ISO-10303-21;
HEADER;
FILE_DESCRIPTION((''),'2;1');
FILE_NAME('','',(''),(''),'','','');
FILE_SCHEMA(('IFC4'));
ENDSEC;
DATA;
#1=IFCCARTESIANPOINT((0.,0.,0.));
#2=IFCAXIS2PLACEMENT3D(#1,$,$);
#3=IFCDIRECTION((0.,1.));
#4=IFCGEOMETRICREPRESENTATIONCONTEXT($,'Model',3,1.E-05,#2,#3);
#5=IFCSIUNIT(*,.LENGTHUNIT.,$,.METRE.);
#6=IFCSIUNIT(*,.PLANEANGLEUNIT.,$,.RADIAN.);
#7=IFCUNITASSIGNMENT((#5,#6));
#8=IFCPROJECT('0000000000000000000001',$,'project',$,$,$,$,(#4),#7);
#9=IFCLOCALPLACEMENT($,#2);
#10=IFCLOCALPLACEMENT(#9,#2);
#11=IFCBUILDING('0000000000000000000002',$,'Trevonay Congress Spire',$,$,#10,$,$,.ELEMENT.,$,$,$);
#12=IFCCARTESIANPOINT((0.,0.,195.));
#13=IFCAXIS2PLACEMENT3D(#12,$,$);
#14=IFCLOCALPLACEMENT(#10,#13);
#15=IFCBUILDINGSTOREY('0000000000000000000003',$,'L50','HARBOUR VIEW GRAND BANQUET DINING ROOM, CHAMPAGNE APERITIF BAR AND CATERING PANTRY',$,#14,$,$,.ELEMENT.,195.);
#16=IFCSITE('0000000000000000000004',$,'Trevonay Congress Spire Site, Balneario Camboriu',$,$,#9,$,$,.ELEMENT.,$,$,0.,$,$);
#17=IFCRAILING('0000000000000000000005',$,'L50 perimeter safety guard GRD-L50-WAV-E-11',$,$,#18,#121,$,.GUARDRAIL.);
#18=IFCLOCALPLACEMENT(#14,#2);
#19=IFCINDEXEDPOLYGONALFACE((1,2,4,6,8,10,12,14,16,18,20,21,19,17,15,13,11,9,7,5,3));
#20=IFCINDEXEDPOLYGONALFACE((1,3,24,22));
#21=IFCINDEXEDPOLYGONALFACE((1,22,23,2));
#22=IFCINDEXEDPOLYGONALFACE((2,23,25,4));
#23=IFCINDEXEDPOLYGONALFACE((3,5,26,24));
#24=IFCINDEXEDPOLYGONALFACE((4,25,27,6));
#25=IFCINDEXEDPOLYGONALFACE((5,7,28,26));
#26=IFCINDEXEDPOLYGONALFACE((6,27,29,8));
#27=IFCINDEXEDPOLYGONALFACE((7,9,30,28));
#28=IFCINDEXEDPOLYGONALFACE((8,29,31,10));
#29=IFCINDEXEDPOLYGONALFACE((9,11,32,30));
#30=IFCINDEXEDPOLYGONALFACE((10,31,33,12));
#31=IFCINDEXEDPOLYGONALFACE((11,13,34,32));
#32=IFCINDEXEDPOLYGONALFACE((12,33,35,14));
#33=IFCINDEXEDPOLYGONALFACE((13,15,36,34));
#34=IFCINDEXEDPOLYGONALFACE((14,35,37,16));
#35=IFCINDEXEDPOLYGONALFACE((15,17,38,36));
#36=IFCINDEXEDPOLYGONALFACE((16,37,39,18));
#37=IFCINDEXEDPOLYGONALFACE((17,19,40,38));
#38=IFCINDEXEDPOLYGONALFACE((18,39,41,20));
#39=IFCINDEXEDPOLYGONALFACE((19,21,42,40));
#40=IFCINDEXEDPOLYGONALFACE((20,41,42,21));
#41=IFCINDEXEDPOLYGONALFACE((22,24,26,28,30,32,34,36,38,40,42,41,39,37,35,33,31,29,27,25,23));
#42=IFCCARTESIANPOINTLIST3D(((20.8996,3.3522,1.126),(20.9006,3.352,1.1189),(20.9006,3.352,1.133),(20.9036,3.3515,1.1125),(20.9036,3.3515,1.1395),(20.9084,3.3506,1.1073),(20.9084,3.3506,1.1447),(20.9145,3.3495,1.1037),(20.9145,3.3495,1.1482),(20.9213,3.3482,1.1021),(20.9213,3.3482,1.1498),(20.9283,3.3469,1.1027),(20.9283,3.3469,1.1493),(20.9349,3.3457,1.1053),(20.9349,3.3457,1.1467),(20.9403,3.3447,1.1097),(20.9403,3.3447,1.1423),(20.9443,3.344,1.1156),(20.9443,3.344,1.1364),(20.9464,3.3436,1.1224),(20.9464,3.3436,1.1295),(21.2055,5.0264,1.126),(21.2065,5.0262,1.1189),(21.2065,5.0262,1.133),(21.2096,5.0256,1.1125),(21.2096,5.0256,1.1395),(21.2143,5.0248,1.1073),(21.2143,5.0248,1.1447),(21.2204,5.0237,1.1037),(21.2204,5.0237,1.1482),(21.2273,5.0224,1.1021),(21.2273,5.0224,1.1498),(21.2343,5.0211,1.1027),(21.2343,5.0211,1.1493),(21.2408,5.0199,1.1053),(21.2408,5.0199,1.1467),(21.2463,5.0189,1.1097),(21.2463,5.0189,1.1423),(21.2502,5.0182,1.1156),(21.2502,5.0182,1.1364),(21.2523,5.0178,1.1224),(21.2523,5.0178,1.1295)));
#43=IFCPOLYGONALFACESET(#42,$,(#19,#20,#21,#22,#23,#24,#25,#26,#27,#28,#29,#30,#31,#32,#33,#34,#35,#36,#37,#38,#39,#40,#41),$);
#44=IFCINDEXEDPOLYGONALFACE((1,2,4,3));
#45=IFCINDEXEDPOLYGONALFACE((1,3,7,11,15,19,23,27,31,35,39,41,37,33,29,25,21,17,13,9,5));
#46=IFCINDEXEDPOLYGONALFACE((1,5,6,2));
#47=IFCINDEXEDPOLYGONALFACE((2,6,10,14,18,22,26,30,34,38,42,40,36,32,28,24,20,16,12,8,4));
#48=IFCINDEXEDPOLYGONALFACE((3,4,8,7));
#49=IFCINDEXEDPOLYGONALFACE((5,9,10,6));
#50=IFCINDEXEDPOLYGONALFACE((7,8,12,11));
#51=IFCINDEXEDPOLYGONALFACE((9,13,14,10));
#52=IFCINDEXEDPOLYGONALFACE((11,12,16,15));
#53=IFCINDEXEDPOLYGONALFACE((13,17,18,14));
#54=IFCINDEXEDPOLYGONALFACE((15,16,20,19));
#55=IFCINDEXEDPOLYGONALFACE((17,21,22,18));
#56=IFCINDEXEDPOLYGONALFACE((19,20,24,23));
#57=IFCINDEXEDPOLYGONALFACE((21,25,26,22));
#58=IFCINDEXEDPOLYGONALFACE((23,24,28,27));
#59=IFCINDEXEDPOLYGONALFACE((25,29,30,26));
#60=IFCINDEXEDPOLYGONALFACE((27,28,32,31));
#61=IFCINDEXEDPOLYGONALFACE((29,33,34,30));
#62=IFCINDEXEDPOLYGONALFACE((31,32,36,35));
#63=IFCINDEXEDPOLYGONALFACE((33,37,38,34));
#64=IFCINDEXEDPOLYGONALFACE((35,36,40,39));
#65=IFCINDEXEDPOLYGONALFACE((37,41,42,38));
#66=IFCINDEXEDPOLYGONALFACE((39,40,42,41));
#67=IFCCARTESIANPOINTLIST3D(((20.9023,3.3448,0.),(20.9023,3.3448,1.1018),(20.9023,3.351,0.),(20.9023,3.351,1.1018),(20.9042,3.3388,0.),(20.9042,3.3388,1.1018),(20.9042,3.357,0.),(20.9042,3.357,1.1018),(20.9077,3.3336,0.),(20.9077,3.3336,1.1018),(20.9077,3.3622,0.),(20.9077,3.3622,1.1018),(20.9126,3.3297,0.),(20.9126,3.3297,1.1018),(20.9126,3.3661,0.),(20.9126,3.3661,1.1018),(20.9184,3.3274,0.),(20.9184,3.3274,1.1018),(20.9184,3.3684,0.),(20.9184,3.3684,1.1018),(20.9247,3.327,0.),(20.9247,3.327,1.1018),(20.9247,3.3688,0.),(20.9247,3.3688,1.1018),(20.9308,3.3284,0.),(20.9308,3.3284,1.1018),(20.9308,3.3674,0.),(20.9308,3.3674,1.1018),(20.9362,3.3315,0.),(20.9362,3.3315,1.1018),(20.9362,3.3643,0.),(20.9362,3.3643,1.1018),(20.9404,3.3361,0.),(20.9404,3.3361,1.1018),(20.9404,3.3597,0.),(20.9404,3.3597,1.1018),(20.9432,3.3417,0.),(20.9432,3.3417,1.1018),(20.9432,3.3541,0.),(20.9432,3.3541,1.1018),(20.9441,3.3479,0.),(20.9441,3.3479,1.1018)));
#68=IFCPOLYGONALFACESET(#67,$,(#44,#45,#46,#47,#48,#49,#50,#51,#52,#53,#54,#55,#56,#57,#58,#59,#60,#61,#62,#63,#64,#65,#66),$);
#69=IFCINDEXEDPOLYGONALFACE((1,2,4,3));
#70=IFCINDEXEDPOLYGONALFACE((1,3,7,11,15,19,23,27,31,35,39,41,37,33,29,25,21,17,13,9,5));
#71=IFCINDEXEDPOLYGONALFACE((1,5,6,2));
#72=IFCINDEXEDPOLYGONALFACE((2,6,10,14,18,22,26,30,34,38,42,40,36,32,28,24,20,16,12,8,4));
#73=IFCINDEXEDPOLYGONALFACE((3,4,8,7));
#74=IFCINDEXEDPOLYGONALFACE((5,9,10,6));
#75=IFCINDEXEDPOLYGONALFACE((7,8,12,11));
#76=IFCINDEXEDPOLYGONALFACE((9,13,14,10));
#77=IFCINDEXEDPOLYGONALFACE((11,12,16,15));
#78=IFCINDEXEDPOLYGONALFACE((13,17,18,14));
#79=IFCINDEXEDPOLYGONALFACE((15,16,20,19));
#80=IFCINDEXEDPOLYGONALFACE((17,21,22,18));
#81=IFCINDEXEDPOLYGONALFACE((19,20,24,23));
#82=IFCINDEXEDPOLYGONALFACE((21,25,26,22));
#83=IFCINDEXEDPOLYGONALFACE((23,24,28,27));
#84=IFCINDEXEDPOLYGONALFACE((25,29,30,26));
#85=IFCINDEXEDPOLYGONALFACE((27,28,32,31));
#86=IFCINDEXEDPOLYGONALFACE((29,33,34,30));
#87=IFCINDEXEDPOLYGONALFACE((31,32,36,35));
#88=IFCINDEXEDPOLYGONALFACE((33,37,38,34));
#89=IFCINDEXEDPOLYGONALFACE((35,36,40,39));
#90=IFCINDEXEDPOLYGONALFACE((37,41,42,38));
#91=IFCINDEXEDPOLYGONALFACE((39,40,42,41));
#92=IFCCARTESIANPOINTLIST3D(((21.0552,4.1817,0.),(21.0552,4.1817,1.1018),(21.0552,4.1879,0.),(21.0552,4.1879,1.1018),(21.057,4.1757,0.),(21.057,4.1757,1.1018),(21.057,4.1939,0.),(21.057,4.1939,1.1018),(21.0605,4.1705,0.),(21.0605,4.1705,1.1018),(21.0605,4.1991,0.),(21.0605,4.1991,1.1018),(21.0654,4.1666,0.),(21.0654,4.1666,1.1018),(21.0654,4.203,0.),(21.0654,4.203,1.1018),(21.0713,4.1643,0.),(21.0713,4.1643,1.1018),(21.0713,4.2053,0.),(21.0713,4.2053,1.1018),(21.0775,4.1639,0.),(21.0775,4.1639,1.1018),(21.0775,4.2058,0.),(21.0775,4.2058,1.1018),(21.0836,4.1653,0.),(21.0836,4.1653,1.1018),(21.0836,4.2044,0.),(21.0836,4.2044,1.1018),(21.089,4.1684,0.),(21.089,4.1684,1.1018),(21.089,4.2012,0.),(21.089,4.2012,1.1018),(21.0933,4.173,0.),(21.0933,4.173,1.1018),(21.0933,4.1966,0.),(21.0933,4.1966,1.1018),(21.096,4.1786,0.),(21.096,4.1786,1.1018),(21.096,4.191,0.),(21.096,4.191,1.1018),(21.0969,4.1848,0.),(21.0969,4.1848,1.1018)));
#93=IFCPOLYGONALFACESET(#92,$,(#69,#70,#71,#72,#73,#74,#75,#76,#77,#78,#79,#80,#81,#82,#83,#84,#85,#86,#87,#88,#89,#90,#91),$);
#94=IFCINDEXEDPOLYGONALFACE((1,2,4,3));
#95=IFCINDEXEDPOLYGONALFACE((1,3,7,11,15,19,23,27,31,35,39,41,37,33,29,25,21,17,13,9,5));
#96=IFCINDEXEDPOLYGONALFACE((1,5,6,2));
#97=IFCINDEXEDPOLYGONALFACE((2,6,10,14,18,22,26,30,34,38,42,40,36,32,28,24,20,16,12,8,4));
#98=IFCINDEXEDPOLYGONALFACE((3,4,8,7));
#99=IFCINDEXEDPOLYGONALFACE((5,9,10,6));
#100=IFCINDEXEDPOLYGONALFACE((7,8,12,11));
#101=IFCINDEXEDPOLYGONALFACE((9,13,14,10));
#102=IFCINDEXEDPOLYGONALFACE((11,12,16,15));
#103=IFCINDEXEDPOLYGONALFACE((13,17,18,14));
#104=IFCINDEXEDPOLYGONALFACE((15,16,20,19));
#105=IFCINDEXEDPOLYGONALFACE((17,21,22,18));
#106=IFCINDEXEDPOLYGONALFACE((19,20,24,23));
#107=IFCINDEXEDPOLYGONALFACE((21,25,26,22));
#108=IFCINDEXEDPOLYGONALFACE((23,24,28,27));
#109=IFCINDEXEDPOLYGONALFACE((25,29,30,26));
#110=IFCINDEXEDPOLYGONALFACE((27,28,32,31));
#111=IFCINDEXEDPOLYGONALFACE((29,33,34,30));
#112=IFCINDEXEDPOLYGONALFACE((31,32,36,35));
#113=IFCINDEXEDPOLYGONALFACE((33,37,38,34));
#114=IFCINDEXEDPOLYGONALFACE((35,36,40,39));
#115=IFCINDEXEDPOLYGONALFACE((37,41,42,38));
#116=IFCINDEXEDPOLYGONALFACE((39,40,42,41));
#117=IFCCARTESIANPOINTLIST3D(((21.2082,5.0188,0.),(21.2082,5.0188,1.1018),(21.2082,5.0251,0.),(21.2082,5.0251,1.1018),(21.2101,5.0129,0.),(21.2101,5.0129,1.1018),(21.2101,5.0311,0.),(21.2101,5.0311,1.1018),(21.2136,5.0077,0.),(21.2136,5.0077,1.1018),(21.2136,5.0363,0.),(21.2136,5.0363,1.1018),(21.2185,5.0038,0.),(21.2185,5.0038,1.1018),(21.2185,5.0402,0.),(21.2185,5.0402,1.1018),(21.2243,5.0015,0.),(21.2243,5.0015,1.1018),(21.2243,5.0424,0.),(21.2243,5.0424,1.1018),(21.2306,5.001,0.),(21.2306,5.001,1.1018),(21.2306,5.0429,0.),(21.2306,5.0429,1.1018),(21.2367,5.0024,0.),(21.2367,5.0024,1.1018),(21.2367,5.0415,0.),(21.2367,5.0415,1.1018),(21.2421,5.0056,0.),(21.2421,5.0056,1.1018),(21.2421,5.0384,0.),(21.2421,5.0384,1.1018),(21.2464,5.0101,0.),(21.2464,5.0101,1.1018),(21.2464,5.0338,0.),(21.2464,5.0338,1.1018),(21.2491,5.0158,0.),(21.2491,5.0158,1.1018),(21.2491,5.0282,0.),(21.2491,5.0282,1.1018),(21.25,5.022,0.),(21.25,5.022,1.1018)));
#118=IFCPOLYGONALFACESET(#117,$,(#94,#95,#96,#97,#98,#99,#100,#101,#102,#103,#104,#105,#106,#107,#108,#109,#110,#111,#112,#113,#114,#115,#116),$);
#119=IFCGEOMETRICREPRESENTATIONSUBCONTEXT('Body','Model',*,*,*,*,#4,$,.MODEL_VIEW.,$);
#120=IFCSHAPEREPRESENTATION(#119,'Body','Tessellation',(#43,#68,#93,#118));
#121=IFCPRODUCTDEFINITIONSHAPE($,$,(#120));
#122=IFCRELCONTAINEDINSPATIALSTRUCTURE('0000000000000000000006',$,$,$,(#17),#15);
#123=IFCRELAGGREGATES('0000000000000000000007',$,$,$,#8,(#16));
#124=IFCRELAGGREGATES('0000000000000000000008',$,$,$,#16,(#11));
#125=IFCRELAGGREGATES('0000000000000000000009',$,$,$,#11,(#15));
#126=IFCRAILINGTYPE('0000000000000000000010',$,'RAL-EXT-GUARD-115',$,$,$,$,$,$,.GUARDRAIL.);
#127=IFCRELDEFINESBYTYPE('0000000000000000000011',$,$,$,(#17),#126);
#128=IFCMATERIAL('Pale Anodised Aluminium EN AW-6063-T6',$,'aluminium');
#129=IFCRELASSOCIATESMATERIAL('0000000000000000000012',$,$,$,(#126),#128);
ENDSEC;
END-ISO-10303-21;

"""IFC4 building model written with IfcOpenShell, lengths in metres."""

from ifc_helpers import new_model, si_unit, direction, frame, origin, origin_2d, place, context, subcontext, project, spatial, circle, extrude, material, type_object, element, save


model = new_model("IFC4")

# Units and contexts
model_context = context("Model", 3, precision=1e-05, world=origin(), true_north=direction((0.0, 1.0)))
body_context = subcontext(model_context, "Body", "Model", "MODEL_VIEW")
ifc_project = project(units=[si_unit("LENGTHUNIT", "METRE"), si_unit("PLANEANGLEUNIT", "RADIAN")], contexts=[model_context])

# Site, building, storey
site_placement = place(None, origin())
site = spatial("IfcSite", under=ifc_project, at=site_placement, Name="Trevonay Congress Spire Site, Balneario Camboriu", CompositionType="ELEMENT", RefElevation=0.0)
building_placement = place(site_placement, origin())
building = spatial("IfcBuilding", under=site, at=building_placement, Name="Trevonay Congress Spire", CompositionType="ELEMENT")
storey_placement = place(building_placement, frame((0.0, 0.0, 195.0)))
storey = spatial("IfcBuildingStorey", under=building, at=storey_placement, Name="L50", Description="HARBOUR VIEW GRAND BANQUET DINING ROOM, CHAMPAGNE APERITIF BAR AND CATERING PANTRY", CompositionType="ELEMENT", Elevation=195.0)

# Shared definitions
ifc_material_1 = material(Name="Pale Anodised Aluminium EN AW-6063-T6", Category="aluminium")

# Railing
railing_type = type_object("IfcRailingType", Name="RAL-EXT-GUARD-115", PredefinedType="GUARDRAIL", material=ifc_material_1)
railing_1_placement = place(storey_placement, frame((20.9231, 3.3479, 0.0)))
element("IfcRailing", 1, at=railing_1_placement, inside=storey, type_object=railing_type, Name="L50 perimeter safety guard GRD-L50-WAV-E-11", PredefinedType="GUARDRAIL", context=body_context, shape_type="SweptSolid", body=[
    extrude(circle(Radius=0.0239, at=origin_2d()), frame((0.0, 0.0, 1.126), z_axis=(0.179756, 0.983711, 0.0), x_axis=(-0.983711, 0.179756, 0.0)), (0.0, 0.0, 1.0), 1.7019),
    extrude(circle(Radius=0.021, at=origin_2d()), origin(), (0.0, 0.0, 1.0), 1.1018),
    extrude(circle(Radius=0.021, at=origin_2d()), frame((0.1528, 0.8369, 0.0)), (0.0, 0.0, 1.0), 1.1018),
    extrude(circle(Radius=0.021, at=origin_2d()), frame((0.3059, 1.6741, 0.0)), (0.0, 0.0, 1.0), 1.1018),
])

save(model, "model.ifc")
